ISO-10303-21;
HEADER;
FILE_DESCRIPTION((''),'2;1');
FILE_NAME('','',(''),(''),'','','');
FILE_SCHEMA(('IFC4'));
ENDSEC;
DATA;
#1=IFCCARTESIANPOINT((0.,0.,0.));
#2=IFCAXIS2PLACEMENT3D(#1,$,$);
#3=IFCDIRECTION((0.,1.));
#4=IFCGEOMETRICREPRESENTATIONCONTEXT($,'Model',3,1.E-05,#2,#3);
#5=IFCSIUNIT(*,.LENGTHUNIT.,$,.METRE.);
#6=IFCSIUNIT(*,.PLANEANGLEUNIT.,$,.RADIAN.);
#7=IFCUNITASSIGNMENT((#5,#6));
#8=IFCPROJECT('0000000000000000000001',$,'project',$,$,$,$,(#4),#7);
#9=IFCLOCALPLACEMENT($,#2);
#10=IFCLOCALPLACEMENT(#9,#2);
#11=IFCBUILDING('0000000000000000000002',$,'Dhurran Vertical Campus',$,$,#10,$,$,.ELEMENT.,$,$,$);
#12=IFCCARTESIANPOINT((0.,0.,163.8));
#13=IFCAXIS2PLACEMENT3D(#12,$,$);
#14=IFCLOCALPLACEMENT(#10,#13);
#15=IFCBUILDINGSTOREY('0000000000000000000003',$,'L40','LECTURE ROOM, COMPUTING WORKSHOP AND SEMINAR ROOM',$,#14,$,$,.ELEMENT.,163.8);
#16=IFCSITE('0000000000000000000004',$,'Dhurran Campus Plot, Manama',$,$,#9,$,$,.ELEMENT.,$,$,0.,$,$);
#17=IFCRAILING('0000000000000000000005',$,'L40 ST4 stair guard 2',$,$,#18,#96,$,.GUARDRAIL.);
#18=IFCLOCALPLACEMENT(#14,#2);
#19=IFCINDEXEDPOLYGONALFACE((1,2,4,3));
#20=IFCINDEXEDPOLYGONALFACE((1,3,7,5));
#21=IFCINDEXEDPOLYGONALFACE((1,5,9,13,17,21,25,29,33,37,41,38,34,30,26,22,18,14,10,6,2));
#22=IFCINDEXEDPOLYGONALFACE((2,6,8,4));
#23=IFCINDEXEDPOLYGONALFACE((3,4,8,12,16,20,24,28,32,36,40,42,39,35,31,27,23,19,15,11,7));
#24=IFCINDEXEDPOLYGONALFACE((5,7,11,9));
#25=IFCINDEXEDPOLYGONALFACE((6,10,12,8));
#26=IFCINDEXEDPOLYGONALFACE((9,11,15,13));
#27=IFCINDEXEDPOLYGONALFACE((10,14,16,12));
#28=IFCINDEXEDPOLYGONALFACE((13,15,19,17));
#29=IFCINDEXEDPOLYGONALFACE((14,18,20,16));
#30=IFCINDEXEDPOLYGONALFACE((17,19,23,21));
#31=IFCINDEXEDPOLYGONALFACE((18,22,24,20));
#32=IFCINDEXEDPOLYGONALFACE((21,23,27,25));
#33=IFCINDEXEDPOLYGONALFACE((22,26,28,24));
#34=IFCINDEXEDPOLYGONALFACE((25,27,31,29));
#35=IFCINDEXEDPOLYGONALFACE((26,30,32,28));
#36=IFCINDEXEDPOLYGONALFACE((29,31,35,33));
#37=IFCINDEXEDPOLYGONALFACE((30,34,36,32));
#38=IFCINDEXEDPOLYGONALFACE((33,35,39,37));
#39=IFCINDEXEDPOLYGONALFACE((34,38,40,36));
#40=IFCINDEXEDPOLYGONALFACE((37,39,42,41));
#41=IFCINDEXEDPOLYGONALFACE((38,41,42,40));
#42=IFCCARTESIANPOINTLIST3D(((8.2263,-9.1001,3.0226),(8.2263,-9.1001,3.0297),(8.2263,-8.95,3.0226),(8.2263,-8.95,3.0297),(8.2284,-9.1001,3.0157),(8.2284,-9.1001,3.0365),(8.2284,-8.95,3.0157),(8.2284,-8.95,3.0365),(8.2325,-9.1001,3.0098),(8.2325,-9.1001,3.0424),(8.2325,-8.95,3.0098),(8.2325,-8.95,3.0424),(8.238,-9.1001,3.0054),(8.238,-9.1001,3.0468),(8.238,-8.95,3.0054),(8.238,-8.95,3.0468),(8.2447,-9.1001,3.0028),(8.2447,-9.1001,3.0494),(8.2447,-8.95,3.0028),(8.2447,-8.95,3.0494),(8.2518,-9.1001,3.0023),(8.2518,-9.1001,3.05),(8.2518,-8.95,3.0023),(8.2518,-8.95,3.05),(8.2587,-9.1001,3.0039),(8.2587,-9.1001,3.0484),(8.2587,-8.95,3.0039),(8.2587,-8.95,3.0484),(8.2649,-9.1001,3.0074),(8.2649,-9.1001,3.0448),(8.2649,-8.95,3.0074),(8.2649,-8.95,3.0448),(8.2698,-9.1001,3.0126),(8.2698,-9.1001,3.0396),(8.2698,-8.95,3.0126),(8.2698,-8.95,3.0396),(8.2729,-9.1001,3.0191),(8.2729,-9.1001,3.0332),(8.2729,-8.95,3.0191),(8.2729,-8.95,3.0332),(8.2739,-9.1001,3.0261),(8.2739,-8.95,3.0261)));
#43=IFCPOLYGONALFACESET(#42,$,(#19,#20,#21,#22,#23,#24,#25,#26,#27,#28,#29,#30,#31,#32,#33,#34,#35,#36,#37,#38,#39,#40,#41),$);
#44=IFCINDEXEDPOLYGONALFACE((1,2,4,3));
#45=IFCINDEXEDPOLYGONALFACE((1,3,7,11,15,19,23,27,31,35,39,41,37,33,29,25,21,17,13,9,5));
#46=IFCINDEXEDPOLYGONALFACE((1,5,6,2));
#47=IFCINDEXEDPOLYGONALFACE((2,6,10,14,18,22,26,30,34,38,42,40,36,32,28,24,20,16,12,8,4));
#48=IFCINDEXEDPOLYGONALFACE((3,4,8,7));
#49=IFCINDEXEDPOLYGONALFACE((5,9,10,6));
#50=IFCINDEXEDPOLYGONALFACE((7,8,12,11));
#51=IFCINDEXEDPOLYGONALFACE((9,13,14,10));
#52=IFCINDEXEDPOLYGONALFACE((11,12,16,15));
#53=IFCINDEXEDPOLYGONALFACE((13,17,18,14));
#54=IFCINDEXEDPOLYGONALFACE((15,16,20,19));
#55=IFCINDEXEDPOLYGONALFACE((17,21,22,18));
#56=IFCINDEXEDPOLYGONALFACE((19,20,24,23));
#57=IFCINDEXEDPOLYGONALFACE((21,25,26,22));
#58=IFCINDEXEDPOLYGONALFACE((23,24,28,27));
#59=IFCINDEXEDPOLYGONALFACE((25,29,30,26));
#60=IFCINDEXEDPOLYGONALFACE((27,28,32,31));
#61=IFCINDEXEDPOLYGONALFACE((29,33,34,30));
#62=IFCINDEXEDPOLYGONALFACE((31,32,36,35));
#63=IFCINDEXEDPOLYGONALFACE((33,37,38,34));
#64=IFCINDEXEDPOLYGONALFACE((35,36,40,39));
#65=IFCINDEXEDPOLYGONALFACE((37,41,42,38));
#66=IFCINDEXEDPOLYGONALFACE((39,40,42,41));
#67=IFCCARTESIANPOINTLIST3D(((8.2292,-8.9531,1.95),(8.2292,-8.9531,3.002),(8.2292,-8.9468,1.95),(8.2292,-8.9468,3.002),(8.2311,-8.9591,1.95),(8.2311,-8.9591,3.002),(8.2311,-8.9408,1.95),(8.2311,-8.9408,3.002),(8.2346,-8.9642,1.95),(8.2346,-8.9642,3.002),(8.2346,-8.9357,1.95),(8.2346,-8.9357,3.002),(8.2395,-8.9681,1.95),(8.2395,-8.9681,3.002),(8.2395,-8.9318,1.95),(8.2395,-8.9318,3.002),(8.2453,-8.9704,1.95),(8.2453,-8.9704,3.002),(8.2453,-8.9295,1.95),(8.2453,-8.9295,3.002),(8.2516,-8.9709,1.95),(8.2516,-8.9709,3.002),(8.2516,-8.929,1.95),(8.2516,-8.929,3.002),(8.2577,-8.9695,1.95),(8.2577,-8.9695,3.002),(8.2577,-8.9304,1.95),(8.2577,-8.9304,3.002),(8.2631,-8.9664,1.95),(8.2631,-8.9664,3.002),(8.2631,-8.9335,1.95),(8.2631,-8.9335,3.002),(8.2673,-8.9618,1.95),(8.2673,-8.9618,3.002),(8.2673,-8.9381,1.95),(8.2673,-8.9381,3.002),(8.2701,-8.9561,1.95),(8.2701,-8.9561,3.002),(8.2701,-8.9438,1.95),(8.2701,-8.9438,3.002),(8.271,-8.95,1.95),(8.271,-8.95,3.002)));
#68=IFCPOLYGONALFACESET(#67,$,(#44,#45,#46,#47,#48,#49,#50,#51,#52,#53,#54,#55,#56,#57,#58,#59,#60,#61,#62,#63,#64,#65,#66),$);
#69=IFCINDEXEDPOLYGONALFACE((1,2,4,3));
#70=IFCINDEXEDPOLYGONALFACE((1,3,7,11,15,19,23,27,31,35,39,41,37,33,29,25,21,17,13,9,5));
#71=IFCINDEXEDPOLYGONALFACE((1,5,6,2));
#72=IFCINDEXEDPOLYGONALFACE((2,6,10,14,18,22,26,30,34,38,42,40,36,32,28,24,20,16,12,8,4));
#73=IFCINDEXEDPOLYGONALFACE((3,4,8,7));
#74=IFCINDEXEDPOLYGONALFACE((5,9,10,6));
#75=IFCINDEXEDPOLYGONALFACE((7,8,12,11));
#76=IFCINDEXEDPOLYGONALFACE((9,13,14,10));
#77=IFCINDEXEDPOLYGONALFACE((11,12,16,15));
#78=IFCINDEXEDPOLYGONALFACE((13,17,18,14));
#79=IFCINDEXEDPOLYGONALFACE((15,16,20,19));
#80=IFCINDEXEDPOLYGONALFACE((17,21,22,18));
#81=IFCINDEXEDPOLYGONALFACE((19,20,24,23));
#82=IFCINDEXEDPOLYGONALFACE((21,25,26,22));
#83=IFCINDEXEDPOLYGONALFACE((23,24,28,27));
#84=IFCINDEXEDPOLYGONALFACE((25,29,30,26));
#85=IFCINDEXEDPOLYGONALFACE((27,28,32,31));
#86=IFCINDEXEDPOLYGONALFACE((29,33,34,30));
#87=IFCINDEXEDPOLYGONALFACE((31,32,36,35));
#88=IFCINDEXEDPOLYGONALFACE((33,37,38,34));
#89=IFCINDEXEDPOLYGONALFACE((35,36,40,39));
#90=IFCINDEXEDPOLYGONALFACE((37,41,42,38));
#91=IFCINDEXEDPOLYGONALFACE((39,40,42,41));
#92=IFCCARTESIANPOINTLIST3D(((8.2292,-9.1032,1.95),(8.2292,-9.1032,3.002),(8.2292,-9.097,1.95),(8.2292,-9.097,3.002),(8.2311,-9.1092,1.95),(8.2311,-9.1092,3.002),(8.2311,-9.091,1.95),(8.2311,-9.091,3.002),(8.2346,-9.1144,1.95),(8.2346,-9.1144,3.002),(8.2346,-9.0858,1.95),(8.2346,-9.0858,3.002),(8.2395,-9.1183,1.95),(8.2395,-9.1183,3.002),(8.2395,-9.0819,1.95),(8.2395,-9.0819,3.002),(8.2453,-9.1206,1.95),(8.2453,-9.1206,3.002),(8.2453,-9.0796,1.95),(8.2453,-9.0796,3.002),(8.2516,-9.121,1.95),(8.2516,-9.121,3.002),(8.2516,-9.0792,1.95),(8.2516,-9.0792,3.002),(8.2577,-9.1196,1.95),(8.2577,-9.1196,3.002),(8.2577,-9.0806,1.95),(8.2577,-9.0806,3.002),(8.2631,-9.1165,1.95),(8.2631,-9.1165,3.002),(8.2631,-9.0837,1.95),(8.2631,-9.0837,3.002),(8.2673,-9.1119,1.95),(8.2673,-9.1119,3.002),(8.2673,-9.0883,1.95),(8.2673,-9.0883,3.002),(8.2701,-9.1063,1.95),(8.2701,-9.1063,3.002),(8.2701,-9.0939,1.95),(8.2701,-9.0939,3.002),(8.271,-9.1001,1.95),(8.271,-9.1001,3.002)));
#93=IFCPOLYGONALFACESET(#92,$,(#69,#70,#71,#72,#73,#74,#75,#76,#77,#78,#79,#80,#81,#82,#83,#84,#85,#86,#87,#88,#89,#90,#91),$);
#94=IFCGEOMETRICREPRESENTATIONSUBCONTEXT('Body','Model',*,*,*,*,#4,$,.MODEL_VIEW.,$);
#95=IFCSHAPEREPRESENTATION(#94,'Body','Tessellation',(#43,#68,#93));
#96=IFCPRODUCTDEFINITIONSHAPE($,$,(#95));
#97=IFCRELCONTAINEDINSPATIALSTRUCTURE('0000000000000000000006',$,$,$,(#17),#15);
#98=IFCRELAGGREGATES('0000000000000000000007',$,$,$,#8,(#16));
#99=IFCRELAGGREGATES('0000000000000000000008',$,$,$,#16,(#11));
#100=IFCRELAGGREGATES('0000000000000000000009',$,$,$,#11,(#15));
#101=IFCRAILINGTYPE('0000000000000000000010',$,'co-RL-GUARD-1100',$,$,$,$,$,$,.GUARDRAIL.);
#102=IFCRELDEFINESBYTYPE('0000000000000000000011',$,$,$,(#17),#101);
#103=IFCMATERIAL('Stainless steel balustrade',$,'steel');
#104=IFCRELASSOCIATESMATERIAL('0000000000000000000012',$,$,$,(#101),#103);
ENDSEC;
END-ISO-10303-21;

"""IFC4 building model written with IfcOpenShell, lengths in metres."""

from ifc_helpers import new_model, si_unit, direction, frame, origin, origin_2d, place, context, subcontext, project, spatial, circle, extrude, material, type_object, element, save


model = new_model("IFC4")

# Units and contexts
model_context = context("Model", 3, precision=1e-05, world=origin(), true_north=direction((0.0, 1.0)))
body_context = subcontext(model_context, "Body", "Model", "MODEL_VIEW")
ifc_project = project(units=[si_unit("LENGTHUNIT", "METRE"), si_unit("PLANEANGLEUNIT", "RADIAN")], contexts=[model_context])

# Site, building, storey
site_placement = place(None, origin())
site = spatial("IfcSite", under=ifc_project, at=site_placement, Name="Dhurran Campus Plot, Manama", CompositionType="ELEMENT", RefElevation=0.0)
building_placement = place(site_placement, origin())
building = spatial("IfcBuilding", under=site, at=building_placement, Name="Dhurran Vertical Campus", CompositionType="ELEMENT")
storey_placement = place(building_placement, frame((0.0, 0.0, 163.8)))
storey = spatial("IfcBuildingStorey", under=building, at=storey_placement, Name="L40", Description="LECTURE ROOM, COMPUTING WORKSHOP AND SEMINAR ROOM", CompositionType="ELEMENT", Elevation=163.8)

# Railing
ifc_material_1 = material(Name="Stainless steel balustrade", Category="steel")
railing_type_1 = type_object("IfcRailingType", Name="co-RL-GUARD-1100", PredefinedType="GUARDRAIL", material=ifc_material_1)
railing_1_placement = place(storey_placement, frame((8.25, -8.95, 1.95)))
element("IfcRailing", 1, at=railing_1_placement, inside=storey, type_object=railing_type_1, Name="L40 ST4 stair guard 2", PredefinedType="GUARDRAIL", context=body_context, shape_type="SweptSolid", body=[
    extrude(circle(Radius=0.0239, at=origin_2d()), frame((0.0, 0.0, 1.0762), z_axis=(0.0, -1.0, 0.0), x_axis=(1.0, 0.0, 0.0)), (0.0, 0.0, 1.0), 0.1501),
    extrude(circle(Radius=0.021, at=origin_2d()), origin(), (0.0, 0.0, 1.0), 1.052),
    extrude(circle(Radius=0.021, at=origin_2d()), frame((0.0, -0.1501, 0.0)), (0.0, 0.0, 1.0), 1.052),
])

save(model, "model.ifc")
